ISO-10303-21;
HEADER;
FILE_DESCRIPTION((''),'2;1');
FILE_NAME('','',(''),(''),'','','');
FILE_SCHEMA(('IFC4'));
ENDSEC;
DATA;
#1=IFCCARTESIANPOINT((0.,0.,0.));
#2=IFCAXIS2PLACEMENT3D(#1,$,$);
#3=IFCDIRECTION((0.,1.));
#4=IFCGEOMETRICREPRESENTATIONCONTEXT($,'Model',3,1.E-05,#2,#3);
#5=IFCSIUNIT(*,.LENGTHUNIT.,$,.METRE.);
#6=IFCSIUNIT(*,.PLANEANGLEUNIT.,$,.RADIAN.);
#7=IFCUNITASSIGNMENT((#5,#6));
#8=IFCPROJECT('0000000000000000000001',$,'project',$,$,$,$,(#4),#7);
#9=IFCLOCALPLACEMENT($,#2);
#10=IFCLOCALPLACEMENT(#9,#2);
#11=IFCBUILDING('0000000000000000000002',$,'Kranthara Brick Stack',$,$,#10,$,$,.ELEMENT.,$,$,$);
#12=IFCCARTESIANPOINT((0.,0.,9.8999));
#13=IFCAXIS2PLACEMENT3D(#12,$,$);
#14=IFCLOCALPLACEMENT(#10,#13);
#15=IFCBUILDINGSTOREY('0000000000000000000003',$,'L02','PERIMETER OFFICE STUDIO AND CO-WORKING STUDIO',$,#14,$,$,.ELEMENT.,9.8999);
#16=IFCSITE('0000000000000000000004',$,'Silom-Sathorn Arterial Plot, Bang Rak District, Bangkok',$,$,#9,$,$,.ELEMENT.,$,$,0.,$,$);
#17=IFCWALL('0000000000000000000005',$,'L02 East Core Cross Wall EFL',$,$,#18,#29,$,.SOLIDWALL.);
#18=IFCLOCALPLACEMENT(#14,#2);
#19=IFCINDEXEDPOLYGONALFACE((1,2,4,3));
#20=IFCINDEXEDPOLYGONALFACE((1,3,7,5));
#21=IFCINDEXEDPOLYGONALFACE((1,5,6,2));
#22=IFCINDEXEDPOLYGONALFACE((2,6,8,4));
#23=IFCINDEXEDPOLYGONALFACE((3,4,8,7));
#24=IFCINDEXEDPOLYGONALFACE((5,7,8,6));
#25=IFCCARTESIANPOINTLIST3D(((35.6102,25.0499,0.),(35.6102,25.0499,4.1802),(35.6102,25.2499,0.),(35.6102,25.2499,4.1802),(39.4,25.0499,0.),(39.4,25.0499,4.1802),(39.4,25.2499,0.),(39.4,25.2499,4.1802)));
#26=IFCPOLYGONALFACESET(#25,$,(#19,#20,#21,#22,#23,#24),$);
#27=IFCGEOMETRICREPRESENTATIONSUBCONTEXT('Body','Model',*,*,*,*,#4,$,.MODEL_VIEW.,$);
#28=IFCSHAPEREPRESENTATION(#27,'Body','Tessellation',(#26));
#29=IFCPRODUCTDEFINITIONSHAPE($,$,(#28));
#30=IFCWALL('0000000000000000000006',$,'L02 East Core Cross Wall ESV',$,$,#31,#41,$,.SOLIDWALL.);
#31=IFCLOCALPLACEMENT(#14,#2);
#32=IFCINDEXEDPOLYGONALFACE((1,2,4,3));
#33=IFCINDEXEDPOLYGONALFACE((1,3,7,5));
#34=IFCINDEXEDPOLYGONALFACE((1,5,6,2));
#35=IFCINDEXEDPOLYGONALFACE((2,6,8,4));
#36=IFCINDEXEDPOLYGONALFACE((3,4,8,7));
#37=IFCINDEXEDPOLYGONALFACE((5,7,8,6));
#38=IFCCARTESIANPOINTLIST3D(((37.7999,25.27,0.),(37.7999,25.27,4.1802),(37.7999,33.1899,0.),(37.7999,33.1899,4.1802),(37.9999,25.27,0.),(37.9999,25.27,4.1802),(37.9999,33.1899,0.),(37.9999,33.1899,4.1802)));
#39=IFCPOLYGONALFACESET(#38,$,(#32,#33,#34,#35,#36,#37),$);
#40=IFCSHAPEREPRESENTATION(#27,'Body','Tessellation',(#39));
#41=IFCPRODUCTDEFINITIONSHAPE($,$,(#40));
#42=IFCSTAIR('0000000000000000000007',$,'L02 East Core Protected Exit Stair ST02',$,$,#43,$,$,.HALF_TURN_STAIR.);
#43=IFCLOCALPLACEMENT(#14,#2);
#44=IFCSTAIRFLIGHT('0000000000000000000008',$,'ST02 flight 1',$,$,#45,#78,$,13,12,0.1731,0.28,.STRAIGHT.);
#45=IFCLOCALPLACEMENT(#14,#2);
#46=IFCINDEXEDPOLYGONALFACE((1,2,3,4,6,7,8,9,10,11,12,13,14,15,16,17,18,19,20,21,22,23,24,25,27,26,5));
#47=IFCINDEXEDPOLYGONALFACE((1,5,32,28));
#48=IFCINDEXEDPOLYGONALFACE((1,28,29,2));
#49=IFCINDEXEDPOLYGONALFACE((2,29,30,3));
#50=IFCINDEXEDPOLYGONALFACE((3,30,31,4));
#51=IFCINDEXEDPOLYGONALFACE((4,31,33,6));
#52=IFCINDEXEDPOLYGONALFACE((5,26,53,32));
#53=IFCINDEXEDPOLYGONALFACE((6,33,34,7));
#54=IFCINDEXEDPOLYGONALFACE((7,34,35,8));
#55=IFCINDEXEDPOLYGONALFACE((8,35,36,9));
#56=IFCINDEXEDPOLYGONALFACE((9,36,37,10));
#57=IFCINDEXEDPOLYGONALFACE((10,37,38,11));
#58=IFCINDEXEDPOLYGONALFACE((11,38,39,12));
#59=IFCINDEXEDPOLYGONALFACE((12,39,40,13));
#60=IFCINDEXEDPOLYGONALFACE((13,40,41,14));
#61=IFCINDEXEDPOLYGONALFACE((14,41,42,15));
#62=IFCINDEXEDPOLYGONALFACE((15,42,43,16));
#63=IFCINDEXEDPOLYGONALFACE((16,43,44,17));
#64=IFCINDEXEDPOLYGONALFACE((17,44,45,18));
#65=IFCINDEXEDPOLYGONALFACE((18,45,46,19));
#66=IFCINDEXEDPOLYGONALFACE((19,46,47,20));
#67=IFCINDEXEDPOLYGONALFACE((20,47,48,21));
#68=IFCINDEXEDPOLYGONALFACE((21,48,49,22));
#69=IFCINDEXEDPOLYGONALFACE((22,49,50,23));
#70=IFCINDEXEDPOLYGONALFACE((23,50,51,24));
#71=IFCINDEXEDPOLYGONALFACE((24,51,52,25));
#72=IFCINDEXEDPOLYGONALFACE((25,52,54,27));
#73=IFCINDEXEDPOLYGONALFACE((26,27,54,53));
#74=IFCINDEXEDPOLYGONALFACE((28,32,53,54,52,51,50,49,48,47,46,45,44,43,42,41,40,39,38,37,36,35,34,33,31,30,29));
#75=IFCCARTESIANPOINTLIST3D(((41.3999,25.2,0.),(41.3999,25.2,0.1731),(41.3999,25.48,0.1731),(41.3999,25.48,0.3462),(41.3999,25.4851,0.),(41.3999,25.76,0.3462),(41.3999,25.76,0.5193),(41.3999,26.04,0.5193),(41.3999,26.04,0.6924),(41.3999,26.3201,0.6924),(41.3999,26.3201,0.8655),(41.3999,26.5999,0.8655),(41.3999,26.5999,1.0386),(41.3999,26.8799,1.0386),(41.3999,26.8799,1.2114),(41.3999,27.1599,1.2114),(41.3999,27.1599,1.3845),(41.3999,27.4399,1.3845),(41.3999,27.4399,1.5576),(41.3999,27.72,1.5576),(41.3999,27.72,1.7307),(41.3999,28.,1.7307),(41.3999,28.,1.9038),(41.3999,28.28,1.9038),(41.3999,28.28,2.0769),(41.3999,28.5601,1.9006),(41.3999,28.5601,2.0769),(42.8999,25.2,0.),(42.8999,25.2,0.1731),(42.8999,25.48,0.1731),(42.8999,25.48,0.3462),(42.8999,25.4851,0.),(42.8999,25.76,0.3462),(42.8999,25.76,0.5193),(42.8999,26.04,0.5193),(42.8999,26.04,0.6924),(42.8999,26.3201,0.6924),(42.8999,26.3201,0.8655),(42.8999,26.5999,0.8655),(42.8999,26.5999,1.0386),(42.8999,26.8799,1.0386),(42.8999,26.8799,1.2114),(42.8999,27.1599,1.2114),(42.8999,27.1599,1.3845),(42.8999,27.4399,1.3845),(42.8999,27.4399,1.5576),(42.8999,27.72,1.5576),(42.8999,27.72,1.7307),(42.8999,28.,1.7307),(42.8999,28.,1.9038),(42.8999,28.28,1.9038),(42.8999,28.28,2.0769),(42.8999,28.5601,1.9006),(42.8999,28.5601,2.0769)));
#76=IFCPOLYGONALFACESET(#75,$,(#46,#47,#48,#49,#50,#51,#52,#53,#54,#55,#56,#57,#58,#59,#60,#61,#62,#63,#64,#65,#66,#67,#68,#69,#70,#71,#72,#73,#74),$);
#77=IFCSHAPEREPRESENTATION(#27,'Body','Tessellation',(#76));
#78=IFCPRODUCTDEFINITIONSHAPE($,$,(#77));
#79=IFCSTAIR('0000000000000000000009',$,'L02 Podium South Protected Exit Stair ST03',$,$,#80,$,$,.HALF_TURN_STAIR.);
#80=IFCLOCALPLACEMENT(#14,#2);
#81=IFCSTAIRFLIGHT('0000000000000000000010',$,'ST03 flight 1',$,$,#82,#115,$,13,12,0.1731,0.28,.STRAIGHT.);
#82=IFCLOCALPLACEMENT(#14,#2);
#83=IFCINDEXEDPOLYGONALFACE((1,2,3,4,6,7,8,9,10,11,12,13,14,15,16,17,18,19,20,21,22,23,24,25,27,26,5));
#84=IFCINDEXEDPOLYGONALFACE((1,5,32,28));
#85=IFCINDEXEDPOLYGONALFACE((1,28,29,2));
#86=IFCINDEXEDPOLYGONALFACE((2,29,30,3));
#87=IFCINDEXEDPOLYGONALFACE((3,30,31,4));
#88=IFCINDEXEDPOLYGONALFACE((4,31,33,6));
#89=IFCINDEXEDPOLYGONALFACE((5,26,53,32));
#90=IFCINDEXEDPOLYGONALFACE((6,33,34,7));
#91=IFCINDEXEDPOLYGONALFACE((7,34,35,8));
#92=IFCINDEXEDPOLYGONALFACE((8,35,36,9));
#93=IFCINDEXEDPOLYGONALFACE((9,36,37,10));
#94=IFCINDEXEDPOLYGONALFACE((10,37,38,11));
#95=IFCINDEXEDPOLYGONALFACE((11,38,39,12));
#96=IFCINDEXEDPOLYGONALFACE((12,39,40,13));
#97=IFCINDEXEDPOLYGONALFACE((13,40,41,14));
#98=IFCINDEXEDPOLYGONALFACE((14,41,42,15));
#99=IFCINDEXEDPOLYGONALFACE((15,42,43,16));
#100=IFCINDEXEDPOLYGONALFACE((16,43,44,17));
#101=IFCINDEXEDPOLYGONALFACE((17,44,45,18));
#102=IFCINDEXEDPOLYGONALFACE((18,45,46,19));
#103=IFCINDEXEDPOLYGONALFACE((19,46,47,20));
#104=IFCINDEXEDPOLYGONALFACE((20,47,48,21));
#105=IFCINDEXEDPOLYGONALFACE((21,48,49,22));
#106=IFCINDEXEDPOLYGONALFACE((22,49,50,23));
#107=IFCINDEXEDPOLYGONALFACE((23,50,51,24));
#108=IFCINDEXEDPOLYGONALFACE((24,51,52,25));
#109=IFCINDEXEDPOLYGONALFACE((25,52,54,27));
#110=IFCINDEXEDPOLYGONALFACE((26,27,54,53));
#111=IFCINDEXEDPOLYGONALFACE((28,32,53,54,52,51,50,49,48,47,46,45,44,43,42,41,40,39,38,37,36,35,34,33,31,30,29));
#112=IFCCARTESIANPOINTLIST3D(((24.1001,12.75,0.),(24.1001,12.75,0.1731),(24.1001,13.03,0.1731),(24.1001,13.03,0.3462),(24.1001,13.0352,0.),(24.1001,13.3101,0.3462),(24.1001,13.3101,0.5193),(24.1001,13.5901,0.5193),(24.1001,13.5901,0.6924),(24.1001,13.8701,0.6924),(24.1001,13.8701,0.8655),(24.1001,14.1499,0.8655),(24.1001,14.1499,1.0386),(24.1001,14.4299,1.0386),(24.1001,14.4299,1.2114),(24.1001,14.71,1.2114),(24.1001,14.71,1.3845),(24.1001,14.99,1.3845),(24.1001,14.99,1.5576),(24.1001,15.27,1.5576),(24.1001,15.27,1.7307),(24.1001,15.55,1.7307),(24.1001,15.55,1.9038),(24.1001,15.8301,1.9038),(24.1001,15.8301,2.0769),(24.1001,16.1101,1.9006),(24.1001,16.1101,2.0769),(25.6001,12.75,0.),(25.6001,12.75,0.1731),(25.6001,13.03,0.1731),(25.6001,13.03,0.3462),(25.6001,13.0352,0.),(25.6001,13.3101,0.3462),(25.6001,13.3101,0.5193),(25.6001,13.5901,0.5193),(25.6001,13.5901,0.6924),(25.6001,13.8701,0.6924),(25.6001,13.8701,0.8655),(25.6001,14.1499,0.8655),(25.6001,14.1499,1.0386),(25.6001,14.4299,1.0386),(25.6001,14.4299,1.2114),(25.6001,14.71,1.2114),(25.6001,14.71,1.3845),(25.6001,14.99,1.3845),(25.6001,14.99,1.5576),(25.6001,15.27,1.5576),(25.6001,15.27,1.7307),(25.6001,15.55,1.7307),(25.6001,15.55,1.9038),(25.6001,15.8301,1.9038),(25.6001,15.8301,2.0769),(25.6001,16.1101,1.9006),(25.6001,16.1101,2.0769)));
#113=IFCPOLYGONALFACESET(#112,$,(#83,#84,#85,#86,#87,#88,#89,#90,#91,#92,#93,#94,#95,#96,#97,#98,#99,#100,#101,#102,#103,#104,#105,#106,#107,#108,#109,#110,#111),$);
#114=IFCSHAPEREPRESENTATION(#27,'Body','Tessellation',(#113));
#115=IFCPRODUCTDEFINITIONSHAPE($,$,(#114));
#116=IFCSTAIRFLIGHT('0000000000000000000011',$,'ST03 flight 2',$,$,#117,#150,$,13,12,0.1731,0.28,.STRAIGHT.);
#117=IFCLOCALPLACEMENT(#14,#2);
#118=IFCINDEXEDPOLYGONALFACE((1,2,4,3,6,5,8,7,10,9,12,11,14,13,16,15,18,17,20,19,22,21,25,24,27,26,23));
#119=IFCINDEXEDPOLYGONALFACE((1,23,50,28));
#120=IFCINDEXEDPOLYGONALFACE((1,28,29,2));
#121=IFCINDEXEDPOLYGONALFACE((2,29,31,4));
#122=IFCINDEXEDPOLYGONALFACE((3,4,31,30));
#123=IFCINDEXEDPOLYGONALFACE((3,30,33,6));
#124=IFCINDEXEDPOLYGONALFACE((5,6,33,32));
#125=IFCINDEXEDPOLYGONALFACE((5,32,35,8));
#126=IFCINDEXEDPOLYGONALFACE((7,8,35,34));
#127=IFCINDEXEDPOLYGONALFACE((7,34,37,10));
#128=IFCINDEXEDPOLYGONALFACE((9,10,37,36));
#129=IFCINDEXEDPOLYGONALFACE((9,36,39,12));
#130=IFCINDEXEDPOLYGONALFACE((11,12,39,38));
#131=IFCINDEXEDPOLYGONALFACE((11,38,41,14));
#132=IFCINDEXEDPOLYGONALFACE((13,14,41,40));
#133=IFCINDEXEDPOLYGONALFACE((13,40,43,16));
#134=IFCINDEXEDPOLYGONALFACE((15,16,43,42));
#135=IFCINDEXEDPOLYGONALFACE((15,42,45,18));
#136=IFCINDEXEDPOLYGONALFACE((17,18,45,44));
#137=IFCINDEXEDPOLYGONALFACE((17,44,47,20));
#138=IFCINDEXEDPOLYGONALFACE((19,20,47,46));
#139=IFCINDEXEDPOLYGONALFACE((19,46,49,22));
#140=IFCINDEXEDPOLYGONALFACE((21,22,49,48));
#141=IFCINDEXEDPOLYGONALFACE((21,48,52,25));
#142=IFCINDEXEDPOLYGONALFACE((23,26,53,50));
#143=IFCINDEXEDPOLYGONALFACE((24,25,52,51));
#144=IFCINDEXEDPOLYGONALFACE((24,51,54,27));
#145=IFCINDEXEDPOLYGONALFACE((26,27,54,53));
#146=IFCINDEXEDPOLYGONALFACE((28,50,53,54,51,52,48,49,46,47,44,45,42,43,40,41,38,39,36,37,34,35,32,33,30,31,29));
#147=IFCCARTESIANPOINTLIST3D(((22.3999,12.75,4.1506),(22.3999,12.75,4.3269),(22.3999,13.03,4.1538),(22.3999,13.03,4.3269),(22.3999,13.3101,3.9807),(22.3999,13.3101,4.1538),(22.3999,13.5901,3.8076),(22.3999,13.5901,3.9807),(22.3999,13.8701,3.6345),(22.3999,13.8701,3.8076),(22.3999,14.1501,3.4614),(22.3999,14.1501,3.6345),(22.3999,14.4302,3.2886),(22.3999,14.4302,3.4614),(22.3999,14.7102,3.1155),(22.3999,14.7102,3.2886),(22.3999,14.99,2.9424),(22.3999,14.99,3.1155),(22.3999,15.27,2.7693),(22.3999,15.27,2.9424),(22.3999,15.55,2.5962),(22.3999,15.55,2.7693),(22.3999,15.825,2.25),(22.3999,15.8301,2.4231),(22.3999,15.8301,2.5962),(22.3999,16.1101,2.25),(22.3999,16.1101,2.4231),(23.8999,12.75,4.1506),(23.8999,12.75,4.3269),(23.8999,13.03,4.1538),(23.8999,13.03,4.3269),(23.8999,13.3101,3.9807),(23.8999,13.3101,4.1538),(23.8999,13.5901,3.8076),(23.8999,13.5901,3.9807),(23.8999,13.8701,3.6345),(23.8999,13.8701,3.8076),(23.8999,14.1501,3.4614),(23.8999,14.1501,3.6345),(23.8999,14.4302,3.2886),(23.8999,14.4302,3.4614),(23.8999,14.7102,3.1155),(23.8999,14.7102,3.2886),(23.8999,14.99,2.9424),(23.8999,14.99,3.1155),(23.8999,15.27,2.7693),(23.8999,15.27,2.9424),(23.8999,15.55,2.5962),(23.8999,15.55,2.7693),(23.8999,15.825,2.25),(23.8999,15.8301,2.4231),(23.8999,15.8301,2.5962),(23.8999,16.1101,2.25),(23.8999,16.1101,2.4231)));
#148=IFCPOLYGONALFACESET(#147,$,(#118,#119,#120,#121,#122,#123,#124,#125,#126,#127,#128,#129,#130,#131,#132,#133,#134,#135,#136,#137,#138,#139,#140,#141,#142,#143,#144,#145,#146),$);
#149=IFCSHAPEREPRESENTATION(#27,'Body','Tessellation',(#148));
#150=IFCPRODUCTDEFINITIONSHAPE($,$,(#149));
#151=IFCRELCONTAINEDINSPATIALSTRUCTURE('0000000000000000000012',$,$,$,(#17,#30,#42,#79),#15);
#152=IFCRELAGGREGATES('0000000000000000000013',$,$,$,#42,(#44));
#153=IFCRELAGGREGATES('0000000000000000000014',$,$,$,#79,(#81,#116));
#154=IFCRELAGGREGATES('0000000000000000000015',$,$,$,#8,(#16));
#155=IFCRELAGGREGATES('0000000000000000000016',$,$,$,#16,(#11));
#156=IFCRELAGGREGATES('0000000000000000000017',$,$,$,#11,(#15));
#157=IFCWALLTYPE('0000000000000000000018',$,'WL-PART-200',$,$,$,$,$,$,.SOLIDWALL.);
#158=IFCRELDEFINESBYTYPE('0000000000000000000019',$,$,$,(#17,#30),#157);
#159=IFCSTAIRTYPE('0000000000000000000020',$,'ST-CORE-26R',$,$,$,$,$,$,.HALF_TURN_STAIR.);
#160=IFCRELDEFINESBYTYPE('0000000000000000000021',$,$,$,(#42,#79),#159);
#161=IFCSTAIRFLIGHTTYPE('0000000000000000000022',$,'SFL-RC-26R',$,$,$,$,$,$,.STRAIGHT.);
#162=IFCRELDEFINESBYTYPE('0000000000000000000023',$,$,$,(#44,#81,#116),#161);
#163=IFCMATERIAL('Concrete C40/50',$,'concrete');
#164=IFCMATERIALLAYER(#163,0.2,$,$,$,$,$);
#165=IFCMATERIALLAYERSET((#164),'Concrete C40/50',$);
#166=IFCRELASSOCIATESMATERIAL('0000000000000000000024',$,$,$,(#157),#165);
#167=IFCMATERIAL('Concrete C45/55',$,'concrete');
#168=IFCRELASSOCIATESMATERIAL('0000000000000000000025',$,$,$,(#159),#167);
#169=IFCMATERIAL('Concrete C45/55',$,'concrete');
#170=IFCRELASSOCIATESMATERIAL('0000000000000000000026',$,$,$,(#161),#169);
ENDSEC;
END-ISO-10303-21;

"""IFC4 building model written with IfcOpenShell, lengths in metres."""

from ifc_helpers import new_model, si_unit, direction, frame, frame_2d, origin, place, context, subcontext, project, spatial, polyline, rectangle, outline, extrude, material, layer, layer_set, type_object, element, aggregate, save


model = new_model("IFC4")

# Units and contexts
model_context = context("Model", 3, precision=1e-05, world=origin(), true_north=direction((0.0, 1.0)))
body_context = subcontext(model_context, "Body", "Model", "MODEL_VIEW")
ifc_project = project(units=[si_unit("LENGTHUNIT", "METRE"), si_unit("PLANEANGLEUNIT", "RADIAN")], contexts=[model_context])

# Site, building, storey
site_placement = place(None, origin())
site = spatial("IfcSite", under=ifc_project, at=site_placement, Name="Silom-Sathorn Arterial Plot, Bang Rak District, Bangkok", CompositionType="ELEMENT", RefElevation=0.0)
building_placement = place(site_placement, origin())
building = spatial("IfcBuilding", under=site, at=building_placement, Name="Kranthara Brick Stack", CompositionType="ELEMENT")
storey_placement = place(building_placement, frame((0.0, 0.0, 9.8999)))
storey = spatial("IfcBuildingStorey", under=building, at=storey_placement, Name="L02", Description="PERIMETER OFFICE STUDIO AND CO-WORKING STUDIO", CompositionType="ELEMENT", Elevation=9.8999)

# Walls
ifc_material_1 = material(Name="Concrete C40/50", Category="concrete")
ifc_layer_1 = layer(ifc_material_1, 0.2)
ifc_layer_set_1 = layer_set([ifc_layer_1], Name="Concrete C40/50")
wall_type_1 = type_object("IfcWallType", Name="WL-PART-200", PredefinedType="SOLIDWALL", material=ifc_layer_set_1)
wall_1_placement = place(storey_placement, frame((35.6101, 25.1499, 0.0), z_axis=(0.0, 0.0, 1.0), x_axis=(1.0, 0.0, 0.0)))
element("IfcWall", 1, at=wall_1_placement, inside=storey, type_object=wall_type_1, Name="L02 East Core Cross Wall EFL", PredefinedType="SOLIDWALL", context=body_context, shape_type="SweptSolid", body=[
    extrude(rectangle(XDim=3.7898, YDim=0.2, at=frame_2d((1.895, 0.0))), origin(), (0.0, 0.0, 1.0), 4.1802),
])
wall_2_placement = place(storey_placement, frame((37.8999, 25.27, 0.0), z_axis=(0.0, 0.0, 1.0), x_axis=(0.0, 1.0, 0.0)))
element("IfcWall", 2, at=wall_2_placement, inside=storey, type_object=wall_type_1, Name="L02 East Core Cross Wall ESV", PredefinedType="SOLIDWALL", context=body_context, shape_type="SweptSolid", body=[
    extrude(rectangle(XDim=7.9199, YDim=0.2, at=frame_2d((3.96, 0.0))), origin(), (0.0, 0.0, 1.0), 4.1802),
])

# Stair, stair flight
ifc_material_2 = material(Name="Concrete C45/55", Category="concrete")
stair_type = type_object("IfcStairType", Name="ST-CORE-26R", PredefinedType="HALF_TURN_STAIR", material=ifc_material_2)
stair_1_placement = place(storey_placement, origin())
stair_1 = element("IfcStair", 3, at=stair_1_placement, inside=storey, type_object=stair_type, Name="L02 East Core Protected Exit Stair ST02", PredefinedType="HALF_TURN_STAIR")
ifc_material_3 = material(Name="Concrete C45/55", Category="concrete")
stair_flight_type = type_object("IfcStairFlightType", Name="SFL-RC-26R", PredefinedType="STRAIGHT", material=ifc_material_3)
stair_flight_1_placement = place(storey_placement, frame((42.1499, 25.2, 0.0), z_axis=(0.0, 0.0, 1.0), x_axis=(0.0, 1.0, 0.0)))
stair_flight_1 = element("IfcStairFlight", 4, at=stair_flight_1_placement, type_object=stair_flight_type, Name="ST02 flight 1", NumberOfRisers=13, NumberOfTreads=12, PredefinedType="STRAIGHT", RiserHeight=0.1731, TreadLength=0.28, context=body_context, shape_type="SweptSolid", body=[
    extrude(outline(polyline([(0.0, 0.0), (0.0, 0.1731), (0.28, 0.1731), (0.28, 0.3462), (0.5601, 0.3462), (0.5601, 0.5193), (0.8401, 0.5193), (0.8401, 0.6924), (1.1201, 0.6924), (1.1201, 0.8655), (1.3999, 0.8655), (1.3999, 1.0386), (1.6799, 1.0386), (1.6799, 1.2114), (1.96, 1.2114), (1.96, 1.3845), (2.24, 1.3845), (2.24, 1.5576), (2.52, 1.5576), (2.52, 1.7307), (2.8, 1.7307), (2.8, 1.9038), (3.0801, 1.9038), (3.0801, 2.0769), (3.3601, 2.0769), (3.3601, 2.25), (3.3601, 1.9006), (0.2852, 0.0), (0.0, 0.0)])), frame((0.0, 0.75, 0.0), z_axis=(0.0, -1.0, 0.0), x_axis=(1.0, 0.0, 0.0)), (0.0, 0.0, 1.0), 1.5),
])
aggregate(stair_1, [stair_flight_1])

# Stair, stair flights
stair_2_placement = place(storey_placement, origin())
stair_2 = element("IfcStair", 5, at=stair_2_placement, inside=storey, type_object=stair_type, Name="L02 Podium South Protected Exit Stair ST03", PredefinedType="HALF_TURN_STAIR")
stair_flight_2_placement = place(storey_placement, frame((24.8501, 12.75, 0.0), z_axis=(0.0, 0.0, 1.0), x_axis=(0.0, 1.0, 0.0)))
stair_flight_2 = element("IfcStairFlight", 6, at=stair_flight_2_placement, type_object=stair_flight_type, Name="ST03 flight 1", NumberOfRisers=13, NumberOfTreads=12, PredefinedType="STRAIGHT", RiserHeight=0.1731, TreadLength=0.28, context=body_context, shape_type="SweptSolid", body=[
    extrude(outline(polyline([(0.0, 0.0), (0.0, 0.1731), (0.28, 0.1731), (0.28, 0.3462), (0.5601, 0.3462), (0.5601, 0.5193), (0.8401, 0.5193), (0.8401, 0.6924), (1.1201, 0.6924), (1.1201, 0.8655), (1.3999, 0.8655), (1.3999, 1.0386), (1.6799, 1.0386), (1.6799, 1.2114), (1.96, 1.2114), (1.96, 1.3845), (2.24, 1.3845), (2.24, 1.5576), (2.52, 1.5576), (2.52, 1.7307), (2.8, 1.7307), (2.8, 1.9038), (3.0801, 1.9038), (3.0801, 2.0769), (3.3601, 2.0769), (3.3601, 2.25), (3.3601, 1.9006), (0.2852, 0.0), (0.0, 0.0)])), frame((0.0, 0.75, 0.0), z_axis=(0.0, -1.0, 0.0), x_axis=(1.0, 0.0, 0.0)), (0.0, 0.0, 1.0), 1.5),
])
stair_flight_3_placement = place(storey_placement, frame((23.1499, 16.1101, 2.25), z_axis=(0.0, 0.0, 1.0), x_axis=(0.0, -1.0, 0.0)))
stair_flight_3 = element("IfcStairFlight", 7, at=stair_flight_3_placement, type_object=stair_flight_type, Name="ST03 flight 2", NumberOfRisers=13, NumberOfTreads=12, PredefinedType="STRAIGHT", RiserHeight=0.1731, TreadLength=0.28, context=body_context, shape_type="SweptSolid", body=[
    extrude(outline(polyline([(0.0, 0.0), (0.0, 0.1731), (0.28, 0.1731), (0.28, 0.3462), (0.5601, 0.3462), (0.5601, 0.5193), (0.8401, 0.5193), (0.8401, 0.6924), (1.1201, 0.6924), (1.1201, 0.8655), (1.3999, 0.8655), (1.3999, 1.0386), (1.6799, 1.0386), (1.6799, 1.2114), (1.96, 1.2114), (1.96, 1.3845), (2.24, 1.3845), (2.24, 1.5576), (2.52, 1.5576), (2.52, 1.7307), (2.8, 1.7307), (2.8, 1.9038), (3.0801, 1.9038), (3.0801, 2.0769), (3.3601, 2.0769), (3.3601, 2.25), (3.3601, 1.9006), (0.2852, 0.0), (0.0, 0.0)])), frame((0.0, 0.75, 0.0), z_axis=(0.0, -1.0, 0.0), x_axis=(1.0, 0.0, 0.0)), (0.0, 0.0, 1.0), 1.5),
])
aggregate(stair_2, [stair_flight_2, stair_flight_3])

save(model, "model.ifc")
